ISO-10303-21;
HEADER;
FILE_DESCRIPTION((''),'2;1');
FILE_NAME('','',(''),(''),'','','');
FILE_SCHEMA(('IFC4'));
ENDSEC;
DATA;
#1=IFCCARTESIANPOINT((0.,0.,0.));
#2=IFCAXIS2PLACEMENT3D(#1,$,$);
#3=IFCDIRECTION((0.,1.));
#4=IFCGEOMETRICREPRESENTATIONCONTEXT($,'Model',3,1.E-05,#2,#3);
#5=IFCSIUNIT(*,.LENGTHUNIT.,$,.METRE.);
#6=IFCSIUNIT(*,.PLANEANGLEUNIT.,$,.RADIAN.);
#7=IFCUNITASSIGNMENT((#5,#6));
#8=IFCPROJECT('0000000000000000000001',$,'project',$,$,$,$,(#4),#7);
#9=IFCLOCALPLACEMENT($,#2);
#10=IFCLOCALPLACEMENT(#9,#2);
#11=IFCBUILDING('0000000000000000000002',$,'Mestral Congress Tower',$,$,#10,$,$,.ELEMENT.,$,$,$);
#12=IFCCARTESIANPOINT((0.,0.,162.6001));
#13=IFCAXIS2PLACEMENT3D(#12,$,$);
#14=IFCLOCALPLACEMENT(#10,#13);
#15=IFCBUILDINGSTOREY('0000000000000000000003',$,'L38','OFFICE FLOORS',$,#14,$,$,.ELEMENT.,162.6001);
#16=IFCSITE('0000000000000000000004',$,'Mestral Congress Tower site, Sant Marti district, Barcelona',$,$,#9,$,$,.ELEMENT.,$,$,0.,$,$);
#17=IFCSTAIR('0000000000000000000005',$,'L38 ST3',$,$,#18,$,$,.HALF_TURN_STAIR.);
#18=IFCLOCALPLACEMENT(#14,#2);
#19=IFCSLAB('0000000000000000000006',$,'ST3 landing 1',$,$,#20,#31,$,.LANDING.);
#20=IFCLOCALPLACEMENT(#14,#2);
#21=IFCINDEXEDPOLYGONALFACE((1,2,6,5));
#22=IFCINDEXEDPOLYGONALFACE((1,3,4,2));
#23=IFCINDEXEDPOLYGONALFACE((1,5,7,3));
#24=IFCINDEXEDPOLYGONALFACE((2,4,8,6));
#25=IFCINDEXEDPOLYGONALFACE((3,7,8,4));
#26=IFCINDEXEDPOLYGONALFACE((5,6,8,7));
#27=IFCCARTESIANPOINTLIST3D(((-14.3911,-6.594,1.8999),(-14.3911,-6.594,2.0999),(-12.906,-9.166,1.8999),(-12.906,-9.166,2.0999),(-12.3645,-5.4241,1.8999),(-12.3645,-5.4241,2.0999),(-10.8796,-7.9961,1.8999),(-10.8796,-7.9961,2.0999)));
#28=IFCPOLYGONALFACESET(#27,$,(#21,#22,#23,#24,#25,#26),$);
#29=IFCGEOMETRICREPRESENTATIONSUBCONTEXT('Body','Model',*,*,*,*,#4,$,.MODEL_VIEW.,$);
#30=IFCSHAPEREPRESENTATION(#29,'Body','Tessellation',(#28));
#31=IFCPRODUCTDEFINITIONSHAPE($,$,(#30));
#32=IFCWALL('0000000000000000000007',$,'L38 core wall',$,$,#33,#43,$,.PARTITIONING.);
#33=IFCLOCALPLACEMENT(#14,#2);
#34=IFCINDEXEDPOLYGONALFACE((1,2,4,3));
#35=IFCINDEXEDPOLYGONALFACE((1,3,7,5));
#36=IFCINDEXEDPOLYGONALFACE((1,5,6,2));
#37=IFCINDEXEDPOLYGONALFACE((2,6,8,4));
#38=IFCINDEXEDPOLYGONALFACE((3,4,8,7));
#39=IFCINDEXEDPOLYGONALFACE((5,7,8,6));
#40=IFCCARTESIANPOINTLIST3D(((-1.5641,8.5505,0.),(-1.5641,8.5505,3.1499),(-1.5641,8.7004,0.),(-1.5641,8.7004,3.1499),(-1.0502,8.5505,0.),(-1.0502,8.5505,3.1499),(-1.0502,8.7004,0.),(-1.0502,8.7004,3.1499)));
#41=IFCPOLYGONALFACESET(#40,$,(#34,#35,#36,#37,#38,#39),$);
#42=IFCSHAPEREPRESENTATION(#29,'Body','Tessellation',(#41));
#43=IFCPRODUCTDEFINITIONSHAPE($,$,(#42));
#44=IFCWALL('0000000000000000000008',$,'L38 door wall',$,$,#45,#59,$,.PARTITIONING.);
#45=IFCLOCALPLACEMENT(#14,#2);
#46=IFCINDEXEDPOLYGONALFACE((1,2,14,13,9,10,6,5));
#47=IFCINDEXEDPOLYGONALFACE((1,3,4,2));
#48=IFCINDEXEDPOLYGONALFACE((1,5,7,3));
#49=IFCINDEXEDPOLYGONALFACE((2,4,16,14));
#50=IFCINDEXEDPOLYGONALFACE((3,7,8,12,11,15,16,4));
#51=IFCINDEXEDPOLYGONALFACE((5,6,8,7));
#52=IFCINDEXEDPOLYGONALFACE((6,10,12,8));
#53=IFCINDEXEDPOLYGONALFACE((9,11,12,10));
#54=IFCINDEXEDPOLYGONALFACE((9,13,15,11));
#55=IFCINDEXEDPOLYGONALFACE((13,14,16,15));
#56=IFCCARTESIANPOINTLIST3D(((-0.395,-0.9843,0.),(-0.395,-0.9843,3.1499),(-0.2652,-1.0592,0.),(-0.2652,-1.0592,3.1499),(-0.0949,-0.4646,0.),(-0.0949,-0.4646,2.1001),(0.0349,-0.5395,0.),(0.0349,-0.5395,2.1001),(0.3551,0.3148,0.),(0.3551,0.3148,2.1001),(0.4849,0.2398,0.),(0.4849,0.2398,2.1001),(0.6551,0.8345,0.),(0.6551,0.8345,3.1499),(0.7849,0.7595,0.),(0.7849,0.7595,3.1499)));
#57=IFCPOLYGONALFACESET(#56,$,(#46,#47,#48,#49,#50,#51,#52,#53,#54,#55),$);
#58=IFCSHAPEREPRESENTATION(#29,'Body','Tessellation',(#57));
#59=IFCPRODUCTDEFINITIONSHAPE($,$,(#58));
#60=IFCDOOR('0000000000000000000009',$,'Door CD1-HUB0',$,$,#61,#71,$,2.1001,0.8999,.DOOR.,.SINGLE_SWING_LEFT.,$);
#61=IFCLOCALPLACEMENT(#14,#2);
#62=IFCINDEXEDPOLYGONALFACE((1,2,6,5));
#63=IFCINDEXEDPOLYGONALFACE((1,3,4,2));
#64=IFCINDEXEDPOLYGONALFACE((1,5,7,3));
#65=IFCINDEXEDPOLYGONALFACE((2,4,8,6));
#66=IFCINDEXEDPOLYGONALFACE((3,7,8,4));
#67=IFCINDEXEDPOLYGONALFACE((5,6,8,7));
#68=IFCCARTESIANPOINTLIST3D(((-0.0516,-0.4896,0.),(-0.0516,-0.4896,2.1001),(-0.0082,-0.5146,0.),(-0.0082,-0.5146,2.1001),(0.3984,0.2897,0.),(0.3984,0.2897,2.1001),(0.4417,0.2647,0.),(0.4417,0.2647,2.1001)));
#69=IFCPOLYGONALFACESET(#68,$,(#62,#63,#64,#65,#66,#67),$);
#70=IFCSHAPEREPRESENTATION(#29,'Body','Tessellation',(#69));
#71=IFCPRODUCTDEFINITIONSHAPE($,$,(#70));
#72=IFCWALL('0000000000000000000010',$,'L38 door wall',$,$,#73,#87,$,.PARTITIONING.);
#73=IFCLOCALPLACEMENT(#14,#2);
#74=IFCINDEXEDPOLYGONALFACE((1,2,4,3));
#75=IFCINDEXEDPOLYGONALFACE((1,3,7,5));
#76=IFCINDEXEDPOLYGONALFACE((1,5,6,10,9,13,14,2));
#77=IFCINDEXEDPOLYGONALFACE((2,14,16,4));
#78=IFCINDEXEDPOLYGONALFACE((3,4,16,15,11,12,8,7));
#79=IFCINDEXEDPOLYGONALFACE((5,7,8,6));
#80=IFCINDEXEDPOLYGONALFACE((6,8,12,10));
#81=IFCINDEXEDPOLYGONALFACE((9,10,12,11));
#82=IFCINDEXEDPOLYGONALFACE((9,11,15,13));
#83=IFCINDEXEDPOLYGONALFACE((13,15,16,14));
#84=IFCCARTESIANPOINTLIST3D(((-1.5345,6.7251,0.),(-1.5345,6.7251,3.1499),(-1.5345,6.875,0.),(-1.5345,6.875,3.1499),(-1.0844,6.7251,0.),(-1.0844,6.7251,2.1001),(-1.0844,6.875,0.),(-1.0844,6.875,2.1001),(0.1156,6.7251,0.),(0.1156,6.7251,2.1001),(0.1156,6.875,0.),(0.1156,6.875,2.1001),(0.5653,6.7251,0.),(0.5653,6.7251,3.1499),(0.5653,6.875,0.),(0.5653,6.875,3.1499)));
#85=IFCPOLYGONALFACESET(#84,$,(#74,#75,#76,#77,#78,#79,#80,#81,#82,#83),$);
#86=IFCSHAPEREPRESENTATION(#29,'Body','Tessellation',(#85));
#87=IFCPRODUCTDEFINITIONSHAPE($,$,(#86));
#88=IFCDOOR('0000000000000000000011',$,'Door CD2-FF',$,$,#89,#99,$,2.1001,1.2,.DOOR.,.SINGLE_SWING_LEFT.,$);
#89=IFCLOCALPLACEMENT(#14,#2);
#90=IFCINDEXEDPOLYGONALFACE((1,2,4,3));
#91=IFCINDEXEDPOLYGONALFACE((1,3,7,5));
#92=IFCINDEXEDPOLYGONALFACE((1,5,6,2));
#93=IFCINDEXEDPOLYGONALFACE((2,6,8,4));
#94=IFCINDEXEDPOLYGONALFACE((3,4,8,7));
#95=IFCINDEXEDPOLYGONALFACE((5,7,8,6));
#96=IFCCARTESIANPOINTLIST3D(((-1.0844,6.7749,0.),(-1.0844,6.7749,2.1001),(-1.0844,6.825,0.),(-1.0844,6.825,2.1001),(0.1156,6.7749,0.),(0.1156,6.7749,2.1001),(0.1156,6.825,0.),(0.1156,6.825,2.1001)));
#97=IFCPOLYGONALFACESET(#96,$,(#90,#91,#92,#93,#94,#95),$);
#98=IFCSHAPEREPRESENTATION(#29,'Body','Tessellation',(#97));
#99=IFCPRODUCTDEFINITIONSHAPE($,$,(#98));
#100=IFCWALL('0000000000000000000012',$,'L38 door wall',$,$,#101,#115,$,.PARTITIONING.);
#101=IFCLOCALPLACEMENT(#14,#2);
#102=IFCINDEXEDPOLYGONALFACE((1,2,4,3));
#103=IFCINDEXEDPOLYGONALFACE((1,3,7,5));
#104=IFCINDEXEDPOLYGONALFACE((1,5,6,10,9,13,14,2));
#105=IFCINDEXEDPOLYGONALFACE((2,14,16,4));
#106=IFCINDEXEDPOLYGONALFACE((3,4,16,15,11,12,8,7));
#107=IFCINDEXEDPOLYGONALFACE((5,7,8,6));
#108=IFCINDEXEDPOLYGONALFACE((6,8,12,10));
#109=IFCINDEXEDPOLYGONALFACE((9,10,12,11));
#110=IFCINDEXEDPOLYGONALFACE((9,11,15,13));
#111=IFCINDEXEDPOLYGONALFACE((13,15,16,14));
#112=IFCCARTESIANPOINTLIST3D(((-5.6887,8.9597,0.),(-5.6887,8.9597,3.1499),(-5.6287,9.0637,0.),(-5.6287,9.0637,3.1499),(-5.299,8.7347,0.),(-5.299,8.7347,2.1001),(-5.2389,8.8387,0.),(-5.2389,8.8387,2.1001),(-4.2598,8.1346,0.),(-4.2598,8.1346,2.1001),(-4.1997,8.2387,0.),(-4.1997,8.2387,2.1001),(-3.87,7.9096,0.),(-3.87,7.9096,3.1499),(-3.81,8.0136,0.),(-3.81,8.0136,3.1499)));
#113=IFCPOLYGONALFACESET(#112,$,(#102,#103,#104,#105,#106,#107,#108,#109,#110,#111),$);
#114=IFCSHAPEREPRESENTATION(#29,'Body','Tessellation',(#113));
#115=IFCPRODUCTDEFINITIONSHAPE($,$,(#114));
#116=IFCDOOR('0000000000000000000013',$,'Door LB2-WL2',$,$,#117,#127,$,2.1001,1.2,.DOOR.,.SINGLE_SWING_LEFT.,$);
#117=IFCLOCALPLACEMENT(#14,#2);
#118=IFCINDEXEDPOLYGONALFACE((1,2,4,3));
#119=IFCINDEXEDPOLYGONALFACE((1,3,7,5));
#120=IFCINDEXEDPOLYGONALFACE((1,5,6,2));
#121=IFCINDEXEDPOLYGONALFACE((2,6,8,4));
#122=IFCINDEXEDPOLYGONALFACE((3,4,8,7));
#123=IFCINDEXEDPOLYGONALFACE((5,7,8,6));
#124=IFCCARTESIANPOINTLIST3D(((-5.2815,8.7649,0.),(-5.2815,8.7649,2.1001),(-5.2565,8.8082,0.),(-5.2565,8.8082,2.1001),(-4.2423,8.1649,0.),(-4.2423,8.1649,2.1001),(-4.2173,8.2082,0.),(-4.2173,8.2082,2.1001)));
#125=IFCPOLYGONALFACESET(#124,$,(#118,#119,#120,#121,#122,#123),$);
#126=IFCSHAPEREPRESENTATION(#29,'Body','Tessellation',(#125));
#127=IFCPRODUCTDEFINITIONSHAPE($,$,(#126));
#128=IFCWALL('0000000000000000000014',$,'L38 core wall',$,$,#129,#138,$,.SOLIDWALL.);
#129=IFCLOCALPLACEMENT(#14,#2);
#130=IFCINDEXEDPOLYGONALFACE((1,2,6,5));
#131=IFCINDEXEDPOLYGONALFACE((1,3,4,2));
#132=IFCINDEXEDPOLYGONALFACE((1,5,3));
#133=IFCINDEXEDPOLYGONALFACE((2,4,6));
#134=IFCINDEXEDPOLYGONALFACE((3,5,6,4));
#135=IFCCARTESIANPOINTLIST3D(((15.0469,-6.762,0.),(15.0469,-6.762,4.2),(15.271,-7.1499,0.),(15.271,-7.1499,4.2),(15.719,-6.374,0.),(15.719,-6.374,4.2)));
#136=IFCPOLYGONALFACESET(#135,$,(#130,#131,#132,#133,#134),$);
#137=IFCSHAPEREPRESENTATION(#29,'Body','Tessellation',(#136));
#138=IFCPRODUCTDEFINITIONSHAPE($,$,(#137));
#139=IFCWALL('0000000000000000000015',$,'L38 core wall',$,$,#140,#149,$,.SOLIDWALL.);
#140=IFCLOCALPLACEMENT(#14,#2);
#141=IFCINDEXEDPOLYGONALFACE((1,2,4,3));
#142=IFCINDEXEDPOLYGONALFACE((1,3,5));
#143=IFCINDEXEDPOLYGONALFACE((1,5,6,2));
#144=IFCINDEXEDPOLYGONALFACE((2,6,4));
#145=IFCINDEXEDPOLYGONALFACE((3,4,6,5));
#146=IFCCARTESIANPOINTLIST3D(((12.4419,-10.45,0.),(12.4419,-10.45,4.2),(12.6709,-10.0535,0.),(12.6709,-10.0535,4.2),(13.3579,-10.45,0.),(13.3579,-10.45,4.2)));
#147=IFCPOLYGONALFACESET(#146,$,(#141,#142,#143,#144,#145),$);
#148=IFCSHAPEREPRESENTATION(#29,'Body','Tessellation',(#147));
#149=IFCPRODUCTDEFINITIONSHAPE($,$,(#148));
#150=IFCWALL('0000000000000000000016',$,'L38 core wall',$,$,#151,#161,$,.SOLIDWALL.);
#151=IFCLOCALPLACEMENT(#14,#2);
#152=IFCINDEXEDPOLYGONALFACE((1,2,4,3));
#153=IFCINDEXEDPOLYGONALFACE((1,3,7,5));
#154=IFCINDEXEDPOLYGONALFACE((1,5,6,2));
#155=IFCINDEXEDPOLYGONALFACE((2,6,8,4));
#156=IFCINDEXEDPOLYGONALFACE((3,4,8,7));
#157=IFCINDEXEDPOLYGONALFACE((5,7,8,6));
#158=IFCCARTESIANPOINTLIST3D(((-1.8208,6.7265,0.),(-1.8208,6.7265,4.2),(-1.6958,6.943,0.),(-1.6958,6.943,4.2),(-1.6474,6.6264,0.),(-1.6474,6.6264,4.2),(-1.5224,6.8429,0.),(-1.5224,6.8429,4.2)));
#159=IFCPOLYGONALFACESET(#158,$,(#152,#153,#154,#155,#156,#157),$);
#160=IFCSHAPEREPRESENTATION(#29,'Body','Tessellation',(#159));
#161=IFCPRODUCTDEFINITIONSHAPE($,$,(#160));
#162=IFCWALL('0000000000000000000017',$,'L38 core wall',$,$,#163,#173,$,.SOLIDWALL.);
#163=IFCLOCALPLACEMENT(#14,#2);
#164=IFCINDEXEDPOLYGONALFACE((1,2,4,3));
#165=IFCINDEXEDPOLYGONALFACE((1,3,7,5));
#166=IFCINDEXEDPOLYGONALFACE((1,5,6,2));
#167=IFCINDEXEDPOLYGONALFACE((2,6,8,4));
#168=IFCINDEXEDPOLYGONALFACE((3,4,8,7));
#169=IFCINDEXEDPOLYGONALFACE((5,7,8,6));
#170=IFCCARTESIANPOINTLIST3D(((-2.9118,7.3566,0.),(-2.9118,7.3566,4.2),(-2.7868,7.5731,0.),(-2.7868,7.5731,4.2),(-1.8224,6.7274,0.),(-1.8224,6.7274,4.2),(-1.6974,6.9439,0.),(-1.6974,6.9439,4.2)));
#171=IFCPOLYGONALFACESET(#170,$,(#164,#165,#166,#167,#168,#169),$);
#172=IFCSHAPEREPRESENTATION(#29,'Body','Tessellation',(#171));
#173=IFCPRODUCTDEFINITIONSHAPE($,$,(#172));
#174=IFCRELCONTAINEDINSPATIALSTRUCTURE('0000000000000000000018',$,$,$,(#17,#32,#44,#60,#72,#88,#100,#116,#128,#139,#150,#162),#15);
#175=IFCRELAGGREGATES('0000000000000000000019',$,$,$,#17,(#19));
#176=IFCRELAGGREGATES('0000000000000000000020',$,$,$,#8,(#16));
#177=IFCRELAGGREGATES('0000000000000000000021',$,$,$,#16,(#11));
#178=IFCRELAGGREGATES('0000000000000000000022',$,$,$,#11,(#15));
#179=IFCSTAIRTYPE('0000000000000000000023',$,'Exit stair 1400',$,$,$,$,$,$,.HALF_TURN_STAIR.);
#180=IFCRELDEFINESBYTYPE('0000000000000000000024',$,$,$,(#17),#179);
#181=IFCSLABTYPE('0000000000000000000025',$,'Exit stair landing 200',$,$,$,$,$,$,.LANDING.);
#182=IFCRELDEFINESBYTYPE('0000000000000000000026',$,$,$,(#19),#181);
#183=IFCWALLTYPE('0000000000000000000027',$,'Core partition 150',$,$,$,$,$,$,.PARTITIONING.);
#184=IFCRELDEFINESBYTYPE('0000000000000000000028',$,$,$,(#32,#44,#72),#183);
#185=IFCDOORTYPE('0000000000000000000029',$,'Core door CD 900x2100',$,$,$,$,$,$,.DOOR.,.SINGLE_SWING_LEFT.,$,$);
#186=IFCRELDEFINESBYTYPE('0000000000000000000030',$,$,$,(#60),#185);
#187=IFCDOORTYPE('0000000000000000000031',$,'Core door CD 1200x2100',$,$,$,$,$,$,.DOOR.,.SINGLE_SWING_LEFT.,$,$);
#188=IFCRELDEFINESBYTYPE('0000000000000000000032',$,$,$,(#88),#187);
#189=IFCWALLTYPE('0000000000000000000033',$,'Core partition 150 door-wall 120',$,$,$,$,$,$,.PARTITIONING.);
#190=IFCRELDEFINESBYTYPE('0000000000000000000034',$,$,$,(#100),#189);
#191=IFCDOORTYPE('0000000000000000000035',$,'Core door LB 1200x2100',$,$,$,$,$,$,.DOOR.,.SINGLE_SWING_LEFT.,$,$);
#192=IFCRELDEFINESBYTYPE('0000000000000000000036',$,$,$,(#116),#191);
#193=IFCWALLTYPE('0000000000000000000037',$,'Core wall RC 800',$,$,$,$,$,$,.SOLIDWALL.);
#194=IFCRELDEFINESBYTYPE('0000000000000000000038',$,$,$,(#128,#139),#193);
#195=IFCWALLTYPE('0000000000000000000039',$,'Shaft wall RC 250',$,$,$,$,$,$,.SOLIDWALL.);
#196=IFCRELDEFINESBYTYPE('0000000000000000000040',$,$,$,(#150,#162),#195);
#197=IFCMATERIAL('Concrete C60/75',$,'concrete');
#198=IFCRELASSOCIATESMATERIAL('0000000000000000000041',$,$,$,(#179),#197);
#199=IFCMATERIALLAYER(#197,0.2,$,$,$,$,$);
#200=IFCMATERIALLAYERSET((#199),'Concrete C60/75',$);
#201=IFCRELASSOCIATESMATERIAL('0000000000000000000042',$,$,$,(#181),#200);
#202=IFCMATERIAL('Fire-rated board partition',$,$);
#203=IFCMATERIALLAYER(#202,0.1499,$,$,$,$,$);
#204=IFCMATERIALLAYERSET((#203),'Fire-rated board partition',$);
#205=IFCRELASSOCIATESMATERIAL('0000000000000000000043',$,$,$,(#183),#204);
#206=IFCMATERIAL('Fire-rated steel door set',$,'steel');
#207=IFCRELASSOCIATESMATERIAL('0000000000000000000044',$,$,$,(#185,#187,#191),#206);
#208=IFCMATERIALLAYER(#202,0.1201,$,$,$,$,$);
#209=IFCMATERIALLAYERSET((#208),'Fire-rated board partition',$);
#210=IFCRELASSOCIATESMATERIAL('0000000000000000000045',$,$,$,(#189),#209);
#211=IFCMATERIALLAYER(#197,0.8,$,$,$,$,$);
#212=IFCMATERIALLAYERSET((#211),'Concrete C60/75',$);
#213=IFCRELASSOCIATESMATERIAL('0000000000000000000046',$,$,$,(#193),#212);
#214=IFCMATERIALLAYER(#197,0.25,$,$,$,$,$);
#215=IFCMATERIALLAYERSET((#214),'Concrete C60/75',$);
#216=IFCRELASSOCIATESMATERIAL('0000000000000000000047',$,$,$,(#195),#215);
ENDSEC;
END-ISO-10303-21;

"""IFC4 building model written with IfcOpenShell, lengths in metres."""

from ifc_helpers import new_model, si_unit, direction, frame, frame_2d, origin, place, context, subcontext, project, spatial, polyline, rectangle, outline, extrude, material, layer, layer_set, type_object, element, fill, aggregate, save


model = new_model("IFC4")

# Units and contexts
model_context = context("Model", 3, precision=1e-05, world=origin(), true_north=direction((0.0, 1.0)))
body_context = subcontext(model_context, "Body", "Model", "MODEL_VIEW")
ifc_project = project(units=[si_unit("LENGTHUNIT", "METRE"), si_unit("PLANEANGLEUNIT", "RADIAN")], contexts=[model_context])

# Site, building, storey
site_placement = place(None, origin())
site = spatial("IfcSite", under=ifc_project, at=site_placement, Name="Mestral Congress Tower site, Sant Marti district, Barcelona", CompositionType="ELEMENT", RefElevation=0.0)
building_placement = place(site_placement, origin())
building = spatial("IfcBuilding", under=site, at=building_placement, Name="Mestral Congress Tower", CompositionType="ELEMENT")
storey_placement = place(building_placement, frame((0.0, 0.0, 162.6001)))
storey = spatial("IfcBuildingStorey", under=building, at=storey_placement, Name="L38", Description="OFFICE FLOORS", CompositionType="ELEMENT", Elevation=162.6001)

# Shared definitions
ifc_material_1 = material(Name="Concrete C60/75", Category="concrete")

# Stair, slab
stair_type = type_object("IfcStairType", Name="Exit stair 1400", PredefinedType="HALF_TURN_STAIR", material=ifc_material_1)
placement_1 = place(storey_placement, origin())
ifc_layer_1 = layer(ifc_material_1, 0.2)
ifc_layer_set_1 = layer_set([ifc_layer_1], Name="Concrete C60/75")
slab_type_1 = type_object("IfcSlabType", Name="Exit stair landing 200", PredefinedType="LANDING", material=ifc_layer_set_1)
placement_2 = place(storey_placement, frame((0.0, 0.0, 1.8999)))
stair_1 = element("IfcStair", 1, at=placement_1, inside=storey, type_object=stair_type, Name="L38 ST3", PredefinedType="HALF_TURN_STAIR")
slab_1 = element("IfcSlab", 2, at=placement_2, type_object=slab_type_1, Name="ST3 landing 1", PredefinedType="LANDING", context=body_context, shape_type="SweptSolid", body=[
    extrude(outline(polyline([(-12.3645, -5.4241), (-10.8796, -7.9961), (-12.906, -9.166), (-14.3911, -6.594), (-12.3645, -5.4241)])), origin(), (0.0, 0.0, 1.0), 0.2),
])
aggregate(stair_1, [slab_1])

# Wall
ifc_material_2 = material(Name="Fire-rated board partition")
ifc_layer_2 = layer(ifc_material_2, 0.1499)
ifc_layer_set_2 = layer_set([ifc_layer_2], Name="Fire-rated board partition")
wall_type_1 = type_object("IfcWallType", Name="Core partition 150", PredefinedType="PARTITIONING", material=ifc_layer_set_2)
wall_1_placement = place(storey_placement, frame((-1.564, 8.6255, 0.0), z_axis=(0.0, 0.0, 1.0), x_axis=(1.0, 0.0, 0.0)))
element("IfcWall", 3, at=wall_1_placement, inside=storey, type_object=wall_type_1, Name="L38 core wall", PredefinedType="PARTITIONING", context=body_context, shape_type="SweptSolid", body=[
    extrude(rectangle(XDim=0.5139, YDim=0.1499, at=frame_2d((0.2568, 0.0))), origin(), (0.0, 0.0, 1.0), 3.1499),
])

# Walls, openings, doors
wall_2_placement = place(storey_placement, frame((-0.3301, -1.0217, 0.0), z_axis=(0.0, 0.0, 1.0), x_axis=(0.500028, 0.866009, 0.0)))
wall_2 = element("IfcWall", 4, at=wall_2_placement, inside=storey, type_object=wall_type_1, Name="L38 door wall", PredefinedType="PARTITIONING", context=body_context, shape_type="SweptSolid", body=[
    extrude(rectangle(XDim=2.1001, YDim=0.1499, at=frame_2d((1.05, 0.0))), origin(), (0.0, 0.0, 1.0), 3.1499),
])
opening_1_placement = place(wall_2_placement, frame((0.6001, 0.0, 0.0)))
opening_1 = element("IfcOpeningElement", 5, at=opening_1_placement, cuts=wall_2, PredefinedType="OPENING", context=body_context, shape_type="SweptSolid", body=[
    extrude(rectangle(XDim=0.8999, YDim=2.1001, at=frame_2d((0.45, 1.05))), frame((0.0, 0.085, 0.0), z_axis=(0.0, -1.0, 0.0), x_axis=(1.0, 0.0, 0.0)), (0.0, 0.0, 1.0), 0.1699),
])
ifc_material_3 = material(Name="Fire-rated steel door set", Category="steel")
door_type_1 = type_object("IfcDoorType", Name="Core door CD 900x2100", OperationType="SINGLE_SWING_LEFT", PredefinedType="DOOR", material=ifc_material_3)
door_1_placement = place(opening_1_placement, origin())
door_1 = element("IfcDoor", 6, at=door_1_placement, inside=storey, type_object=door_type_1, Name="Door CD1-HUB0", OperationType="SINGLE_SWING_LEFT", OverallHeight=2.1001, OverallWidth=0.8999, PredefinedType="DOOR", context=body_context, shape_type="SweptSolid", body=[
    extrude(rectangle(XDim=0.8999, YDim=2.1001, at=frame_2d((0.45, 1.05))), frame((0.0, 0.0249, 0.0), z_axis=(0.0, -1.0, 0.0), x_axis=(1.0, 0.0, 0.0)), (0.0, 0.0, 1.0), 0.05),
])
fill(opening_1, door_1)
wall_3_placement = place(storey_placement, frame((-1.5344, 6.8, 0.0), z_axis=(0.0, 0.0, 1.0), x_axis=(1.0, 0.0, 0.0)))
wall_3 = element("IfcWall", 7, at=wall_3_placement, inside=storey, type_object=wall_type_1, Name="L38 door wall", PredefinedType="PARTITIONING", context=body_context, shape_type="SweptSolid", body=[
    extrude(rectangle(XDim=2.0999, YDim=0.1499, at=frame_2d((1.0498, 0.0))), origin(), (0.0, 0.0, 1.0), 3.1499),
])
opening_2_placement = place(wall_3_placement, frame((0.45, 0.0, 0.0)))
opening_2 = element("IfcOpeningElement", 8, at=opening_2_placement, cuts=wall_3, PredefinedType="OPENING", context=body_context, shape_type="SweptSolid", body=[
    extrude(rectangle(XDim=1.2, YDim=2.1001, at=frame_2d((0.6001, 1.05))), frame((0.0, 0.085, 0.0), z_axis=(0.0, -1.0, 0.0), x_axis=(1.0, 0.0, 0.0)), (0.0, 0.0, 1.0), 0.1699),
])
door_type_2 = type_object("IfcDoorType", Name="Core door CD 1200x2100", OperationType="SINGLE_SWING_LEFT", PredefinedType="DOOR", material=ifc_material_3)
door_2_placement = place(opening_2_placement, origin())
door_2 = element("IfcDoor", 9, at=door_2_placement, inside=storey, type_object=door_type_2, Name="Door CD2-FF", OperationType="SINGLE_SWING_LEFT", OverallHeight=2.1001, OverallWidth=1.2, PredefinedType="DOOR", context=body_context, shape_type="SweptSolid", body=[
    extrude(rectangle(XDim=1.2, YDim=2.1001, at=frame_2d((0.6001, 1.05))), frame((0.0, 0.0249, 0.0), z_axis=(0.0, -1.0, 0.0), x_axis=(1.0, 0.0, 0.0)), (0.0, 0.0, 1.0), 0.05),
])
fill(opening_2, door_2)
ifc_layer_3 = layer(ifc_material_2, 0.1201)
ifc_layer_set_3 = layer_set([ifc_layer_3], Name="Fire-rated board partition")
wall_type_2 = type_object("IfcWallType", Name="Core partition 150 door-wall 120", PredefinedType="PARTITIONING", material=ifc_layer_set_3)
wall_4_placement = place(storey_placement, frame((-5.6587, 9.0117, 0.0), z_axis=(0.0, 0.0, 1.0), x_axis=(0.866009, -0.500028, 0.0)))
wall_4 = element("IfcWall", 10, at=wall_4_placement, inside=storey, type_object=wall_type_2, Name="L38 door wall", PredefinedType="PARTITIONING", context=body_context, shape_type="SweptSolid", body=[
    extrude(rectangle(XDim=2.1001, YDim=0.1201, at=frame_2d((1.05, 0.0))), origin(), (0.0, 0.0, 1.0), 3.1499),
])
opening_3_placement = place(wall_4_placement, frame((0.45, 0.0, 0.0)))
opening_3 = element("IfcOpeningElement", 11, at=opening_3_placement, cuts=wall_4, PredefinedType="OPENING", context=body_context, shape_type="SweptSolid", body=[
    extrude(rectangle(XDim=1.2, YDim=2.1001, at=frame_2d((0.6001, 1.05))), frame((0.0, 0.0701, 0.0), z_axis=(0.0, -1.0, 0.0), x_axis=(1.0, 0.0, 0.0)), (0.0, 0.0, 1.0), 0.1401),
])
door_type_3 = type_object("IfcDoorType", Name="Core door LB 1200x2100", OperationType="SINGLE_SWING_LEFT", PredefinedType="DOOR", material=ifc_material_3)
door_3_placement = place(opening_3_placement, origin())
door_3 = element("IfcDoor", 12, at=door_3_placement, inside=storey, type_object=door_type_3, Name="Door LB2-WL2", OperationType="SINGLE_SWING_LEFT", OverallHeight=2.1001, OverallWidth=1.2, PredefinedType="DOOR", context=body_context, shape_type="SweptSolid", body=[
    extrude(rectangle(XDim=1.2, YDim=2.1001, at=frame_2d((0.6001, 1.05))), frame((0.0, 0.0249, 0.0), z_axis=(0.0, -1.0, 0.0), x_axis=(1.0, 0.0, 0.0)), (0.0, 0.0, 1.0), 0.05),
])
fill(opening_3, door_3)

# Walls
ifc_layer_4 = layer(ifc_material_1, 0.8)
ifc_layer_set_4 = layer_set([ifc_layer_4], Name="Concrete C60/75")
wall_type_3 = type_object("IfcWallType", Name="Core wall RC 800", PredefinedType="SOLIDWALL", material=ifc_layer_set_4)
element("IfcWall", 13, at=placement_1, inside=storey, type_object=wall_type_3, Name="L38 core wall", PredefinedType="SOLIDWALL", context=body_context, shape_type="SweptSolid", body=[
    extrude(outline(polyline([(15.271, -7.1499), (15.0469, -6.762), (15.719, -6.374), (15.271, -7.1499)])), origin(), (0.0, 0.0, 1.0), 4.2),
])
element("IfcWall", 14, at=placement_1, inside=storey, type_object=wall_type_3, Name="L38 core wall", PredefinedType="SOLIDWALL", context=body_context, shape_type="SweptSolid", body=[
    extrude(outline(polyline([(12.4419, -10.45), (12.6709, -10.0535), (13.3579, -10.45), (12.4419, -10.45)])), origin(), (0.0, 0.0, 1.0), 4.2),
])
ifc_layer_5 = layer(ifc_material_1, 0.25)
ifc_layer_set_5 = layer_set([ifc_layer_5], Name="Concrete C60/75")
wall_type_4 = type_object("IfcWallType", Name="Shaft wall RC 250", PredefinedType="SOLIDWALL", material=ifc_layer_set_5)
wall_5_placement = place(storey_placement, frame((-1.7583, 6.8347, 0.0), z_axis=(0.0, 0.0, 1.0), x_axis=(0.865982, -0.500074, 0.0)))
element("IfcWall", 15, at=wall_5_placement, inside=storey, type_object=wall_type_4, Name="L38 core wall", PredefinedType="SOLIDWALL", context=body_context, shape_type="SweptSolid", body=[
    extrude(rectangle(XDim=0.2002, YDim=0.25, at=frame_2d((0.1001, 0.0))), origin(), (0.0, 0.0, 1.0), 4.2),
])
wall_6_placement = place(storey_placement, frame((-1.76, 6.8357, 0.0), z_axis=(0.0, 0.0, 1.0), x_axis=(-0.865953, 0.500126, 0.0)))
element("IfcWall", 16, at=wall_6_placement, inside=storey, type_object=wall_type_4, Name="L38 core wall", PredefinedType="SOLIDWALL", context=body_context, shape_type="SweptSolid", body=[
    extrude(rectangle(XDim=1.2581, YDim=0.25, at=frame_2d((0.6289, 0.0))), origin(), (0.0, 0.0, 1.0), 4.2),
])

save(model, "model.ifc")
